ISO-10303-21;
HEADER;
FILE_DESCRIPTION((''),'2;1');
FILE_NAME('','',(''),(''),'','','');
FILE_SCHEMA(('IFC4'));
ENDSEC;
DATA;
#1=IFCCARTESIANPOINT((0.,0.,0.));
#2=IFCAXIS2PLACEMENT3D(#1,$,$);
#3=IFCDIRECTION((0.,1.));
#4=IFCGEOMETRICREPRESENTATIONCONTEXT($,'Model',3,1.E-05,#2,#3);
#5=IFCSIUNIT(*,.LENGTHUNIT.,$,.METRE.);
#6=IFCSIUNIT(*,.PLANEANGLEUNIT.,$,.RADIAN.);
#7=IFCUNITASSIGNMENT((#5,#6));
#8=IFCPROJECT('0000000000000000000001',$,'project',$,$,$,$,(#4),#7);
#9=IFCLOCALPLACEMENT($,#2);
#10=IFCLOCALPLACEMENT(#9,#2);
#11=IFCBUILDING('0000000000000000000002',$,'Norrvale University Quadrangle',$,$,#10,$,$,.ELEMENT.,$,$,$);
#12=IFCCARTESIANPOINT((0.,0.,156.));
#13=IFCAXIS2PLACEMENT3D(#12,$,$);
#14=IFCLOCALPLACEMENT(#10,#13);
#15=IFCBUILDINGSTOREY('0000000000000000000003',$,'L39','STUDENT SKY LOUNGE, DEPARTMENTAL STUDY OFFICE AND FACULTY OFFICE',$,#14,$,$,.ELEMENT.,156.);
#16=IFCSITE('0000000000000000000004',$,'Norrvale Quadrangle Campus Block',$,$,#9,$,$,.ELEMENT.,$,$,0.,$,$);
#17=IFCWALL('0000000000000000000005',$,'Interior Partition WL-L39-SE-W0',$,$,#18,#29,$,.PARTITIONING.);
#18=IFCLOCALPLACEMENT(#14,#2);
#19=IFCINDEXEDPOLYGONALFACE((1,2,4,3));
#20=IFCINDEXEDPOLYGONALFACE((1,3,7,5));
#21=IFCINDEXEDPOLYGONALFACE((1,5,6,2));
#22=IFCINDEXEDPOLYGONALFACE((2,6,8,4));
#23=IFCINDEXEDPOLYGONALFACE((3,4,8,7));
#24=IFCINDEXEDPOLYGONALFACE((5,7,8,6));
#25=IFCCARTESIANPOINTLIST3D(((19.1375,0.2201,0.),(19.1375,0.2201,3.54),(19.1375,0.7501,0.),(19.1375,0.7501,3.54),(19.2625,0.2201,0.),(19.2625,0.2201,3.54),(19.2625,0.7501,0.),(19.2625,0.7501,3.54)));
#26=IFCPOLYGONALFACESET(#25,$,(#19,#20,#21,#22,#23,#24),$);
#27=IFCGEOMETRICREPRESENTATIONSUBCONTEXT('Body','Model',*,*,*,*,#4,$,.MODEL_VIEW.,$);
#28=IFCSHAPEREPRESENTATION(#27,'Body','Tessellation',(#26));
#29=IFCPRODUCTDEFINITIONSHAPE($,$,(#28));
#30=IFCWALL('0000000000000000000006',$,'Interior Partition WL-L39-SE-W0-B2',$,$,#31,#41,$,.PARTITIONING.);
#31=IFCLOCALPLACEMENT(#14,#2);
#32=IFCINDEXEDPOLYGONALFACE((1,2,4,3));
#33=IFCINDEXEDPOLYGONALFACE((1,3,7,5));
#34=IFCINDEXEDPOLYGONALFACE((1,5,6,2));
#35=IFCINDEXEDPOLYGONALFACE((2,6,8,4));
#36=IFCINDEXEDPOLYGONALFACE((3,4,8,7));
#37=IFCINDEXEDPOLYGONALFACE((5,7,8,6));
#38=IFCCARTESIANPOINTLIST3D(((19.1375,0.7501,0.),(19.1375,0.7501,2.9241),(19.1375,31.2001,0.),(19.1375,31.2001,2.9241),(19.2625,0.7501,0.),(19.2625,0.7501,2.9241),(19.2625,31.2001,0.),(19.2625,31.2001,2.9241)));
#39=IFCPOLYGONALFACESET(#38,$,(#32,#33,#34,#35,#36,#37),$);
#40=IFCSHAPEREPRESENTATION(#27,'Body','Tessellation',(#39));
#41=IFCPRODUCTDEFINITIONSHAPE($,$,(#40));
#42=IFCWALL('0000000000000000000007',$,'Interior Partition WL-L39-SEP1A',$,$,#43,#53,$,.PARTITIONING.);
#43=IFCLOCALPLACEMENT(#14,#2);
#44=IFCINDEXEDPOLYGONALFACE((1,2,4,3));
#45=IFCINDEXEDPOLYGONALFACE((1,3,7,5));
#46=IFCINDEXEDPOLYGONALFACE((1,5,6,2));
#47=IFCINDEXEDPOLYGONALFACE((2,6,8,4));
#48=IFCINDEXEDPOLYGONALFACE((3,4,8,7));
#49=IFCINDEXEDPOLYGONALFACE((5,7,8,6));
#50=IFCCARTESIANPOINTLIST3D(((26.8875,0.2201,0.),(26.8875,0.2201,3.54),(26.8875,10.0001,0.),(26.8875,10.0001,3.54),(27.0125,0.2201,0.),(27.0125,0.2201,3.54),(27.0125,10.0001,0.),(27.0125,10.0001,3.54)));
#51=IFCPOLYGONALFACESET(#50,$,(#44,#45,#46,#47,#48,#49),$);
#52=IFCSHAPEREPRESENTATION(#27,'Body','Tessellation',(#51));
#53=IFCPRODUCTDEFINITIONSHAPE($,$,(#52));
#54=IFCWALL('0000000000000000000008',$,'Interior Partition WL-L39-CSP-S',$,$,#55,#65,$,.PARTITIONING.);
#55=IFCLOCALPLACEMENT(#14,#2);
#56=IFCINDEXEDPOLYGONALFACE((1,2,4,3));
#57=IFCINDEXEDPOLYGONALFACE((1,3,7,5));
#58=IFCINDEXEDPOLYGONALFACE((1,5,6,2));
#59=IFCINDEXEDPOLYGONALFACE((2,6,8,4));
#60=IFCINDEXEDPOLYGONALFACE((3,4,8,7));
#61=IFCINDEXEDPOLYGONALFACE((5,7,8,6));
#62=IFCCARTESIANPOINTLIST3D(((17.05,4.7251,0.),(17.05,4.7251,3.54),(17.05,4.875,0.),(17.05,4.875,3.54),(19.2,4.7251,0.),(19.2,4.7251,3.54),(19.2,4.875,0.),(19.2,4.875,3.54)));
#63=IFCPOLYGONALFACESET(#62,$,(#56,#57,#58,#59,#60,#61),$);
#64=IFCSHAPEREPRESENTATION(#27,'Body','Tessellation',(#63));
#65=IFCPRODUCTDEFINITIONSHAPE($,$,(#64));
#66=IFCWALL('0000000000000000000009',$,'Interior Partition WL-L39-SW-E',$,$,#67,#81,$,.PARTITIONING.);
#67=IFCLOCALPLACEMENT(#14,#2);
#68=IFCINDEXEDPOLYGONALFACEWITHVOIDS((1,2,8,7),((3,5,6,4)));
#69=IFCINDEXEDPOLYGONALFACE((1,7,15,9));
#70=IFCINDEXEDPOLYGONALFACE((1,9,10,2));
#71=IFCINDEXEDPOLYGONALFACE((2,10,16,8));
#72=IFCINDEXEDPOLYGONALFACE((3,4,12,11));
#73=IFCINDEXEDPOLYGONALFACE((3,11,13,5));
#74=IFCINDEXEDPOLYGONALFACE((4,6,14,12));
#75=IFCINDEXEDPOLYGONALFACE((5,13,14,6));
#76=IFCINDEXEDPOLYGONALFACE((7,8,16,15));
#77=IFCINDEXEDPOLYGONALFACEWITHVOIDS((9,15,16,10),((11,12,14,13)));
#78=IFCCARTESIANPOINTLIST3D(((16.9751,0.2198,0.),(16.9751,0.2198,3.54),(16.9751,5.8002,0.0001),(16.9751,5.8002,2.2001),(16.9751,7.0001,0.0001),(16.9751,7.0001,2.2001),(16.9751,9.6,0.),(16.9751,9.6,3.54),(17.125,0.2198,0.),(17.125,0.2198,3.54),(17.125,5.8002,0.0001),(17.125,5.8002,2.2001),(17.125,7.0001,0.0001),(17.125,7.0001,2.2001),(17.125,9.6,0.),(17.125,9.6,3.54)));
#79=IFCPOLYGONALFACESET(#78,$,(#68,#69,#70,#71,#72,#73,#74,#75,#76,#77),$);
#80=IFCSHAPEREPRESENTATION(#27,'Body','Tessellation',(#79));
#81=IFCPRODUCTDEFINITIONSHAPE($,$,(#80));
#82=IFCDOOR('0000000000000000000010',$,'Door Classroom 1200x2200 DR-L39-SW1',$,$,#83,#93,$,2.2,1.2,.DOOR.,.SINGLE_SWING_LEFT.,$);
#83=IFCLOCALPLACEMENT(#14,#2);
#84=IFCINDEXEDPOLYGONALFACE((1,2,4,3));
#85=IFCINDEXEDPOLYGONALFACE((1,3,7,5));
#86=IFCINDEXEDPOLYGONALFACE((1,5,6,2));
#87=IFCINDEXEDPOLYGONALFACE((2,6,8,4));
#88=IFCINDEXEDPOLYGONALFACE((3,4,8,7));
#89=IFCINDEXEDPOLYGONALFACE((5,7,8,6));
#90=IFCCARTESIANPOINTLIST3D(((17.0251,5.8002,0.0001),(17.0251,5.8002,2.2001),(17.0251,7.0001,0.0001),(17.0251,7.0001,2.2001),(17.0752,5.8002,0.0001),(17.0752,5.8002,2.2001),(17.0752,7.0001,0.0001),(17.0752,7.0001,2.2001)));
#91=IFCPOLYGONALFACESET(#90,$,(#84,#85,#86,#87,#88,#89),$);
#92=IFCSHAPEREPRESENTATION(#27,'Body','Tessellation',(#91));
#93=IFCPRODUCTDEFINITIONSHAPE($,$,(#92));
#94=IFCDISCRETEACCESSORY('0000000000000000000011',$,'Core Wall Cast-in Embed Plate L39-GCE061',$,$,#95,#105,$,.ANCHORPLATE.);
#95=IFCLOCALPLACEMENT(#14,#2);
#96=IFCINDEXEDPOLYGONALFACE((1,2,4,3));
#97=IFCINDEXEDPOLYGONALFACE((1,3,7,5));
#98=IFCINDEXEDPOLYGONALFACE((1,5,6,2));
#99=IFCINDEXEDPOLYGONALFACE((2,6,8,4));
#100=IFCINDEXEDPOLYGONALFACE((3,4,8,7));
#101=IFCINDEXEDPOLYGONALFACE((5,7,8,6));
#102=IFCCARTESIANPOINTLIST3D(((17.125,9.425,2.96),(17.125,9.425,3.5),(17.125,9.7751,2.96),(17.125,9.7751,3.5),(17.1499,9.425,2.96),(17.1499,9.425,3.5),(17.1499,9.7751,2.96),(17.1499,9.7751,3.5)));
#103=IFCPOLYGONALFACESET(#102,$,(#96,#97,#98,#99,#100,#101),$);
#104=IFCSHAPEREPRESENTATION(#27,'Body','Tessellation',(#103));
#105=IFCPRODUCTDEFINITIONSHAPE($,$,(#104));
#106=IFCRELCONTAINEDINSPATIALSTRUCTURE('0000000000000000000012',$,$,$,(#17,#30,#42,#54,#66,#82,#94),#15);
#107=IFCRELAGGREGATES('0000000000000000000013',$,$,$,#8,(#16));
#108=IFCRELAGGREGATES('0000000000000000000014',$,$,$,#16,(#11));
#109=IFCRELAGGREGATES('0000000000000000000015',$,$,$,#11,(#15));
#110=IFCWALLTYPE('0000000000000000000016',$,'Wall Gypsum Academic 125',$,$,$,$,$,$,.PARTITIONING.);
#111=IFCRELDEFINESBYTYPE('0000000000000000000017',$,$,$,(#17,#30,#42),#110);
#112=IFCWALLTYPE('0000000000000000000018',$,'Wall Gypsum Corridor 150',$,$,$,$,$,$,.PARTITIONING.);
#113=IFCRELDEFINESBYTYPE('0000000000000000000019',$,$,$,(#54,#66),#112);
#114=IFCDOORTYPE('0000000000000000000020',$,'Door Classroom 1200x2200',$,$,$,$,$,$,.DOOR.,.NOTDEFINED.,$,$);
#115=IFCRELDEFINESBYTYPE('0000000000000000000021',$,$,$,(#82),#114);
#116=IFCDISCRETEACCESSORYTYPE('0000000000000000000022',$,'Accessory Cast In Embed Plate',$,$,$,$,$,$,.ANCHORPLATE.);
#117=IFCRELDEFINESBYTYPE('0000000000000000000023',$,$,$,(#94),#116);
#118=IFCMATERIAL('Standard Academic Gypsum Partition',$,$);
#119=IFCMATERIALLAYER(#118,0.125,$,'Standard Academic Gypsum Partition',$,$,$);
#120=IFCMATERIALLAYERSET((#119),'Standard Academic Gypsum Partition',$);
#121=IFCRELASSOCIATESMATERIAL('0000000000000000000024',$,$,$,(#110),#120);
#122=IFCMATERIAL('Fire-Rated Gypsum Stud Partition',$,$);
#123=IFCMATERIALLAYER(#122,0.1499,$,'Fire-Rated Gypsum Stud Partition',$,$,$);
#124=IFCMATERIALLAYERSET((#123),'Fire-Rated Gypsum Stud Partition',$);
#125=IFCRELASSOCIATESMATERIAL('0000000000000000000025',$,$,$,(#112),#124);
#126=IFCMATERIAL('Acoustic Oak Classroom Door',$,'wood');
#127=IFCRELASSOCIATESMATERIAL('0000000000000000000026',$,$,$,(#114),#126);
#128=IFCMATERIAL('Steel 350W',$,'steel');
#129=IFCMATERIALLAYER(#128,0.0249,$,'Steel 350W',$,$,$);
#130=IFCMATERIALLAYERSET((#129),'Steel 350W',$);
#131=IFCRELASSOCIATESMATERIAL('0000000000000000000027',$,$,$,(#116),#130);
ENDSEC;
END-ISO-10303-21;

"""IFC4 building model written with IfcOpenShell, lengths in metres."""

from ifc_helpers import new_model, si_unit, direction, frame, frame_2d, origin, origin_2d, place, context, subcontext, project, spatial, rectangle, extrude, material, layer, layer_set, type_object, element, fill, save


model = new_model("IFC4")

# Units and contexts
model_context = context("Model", 3, precision=1e-05, world=origin(), true_north=direction((0.0, 1.0)))
body_context = subcontext(model_context, "Body", "Model", "MODEL_VIEW")
ifc_project = project(units=[si_unit("LENGTHUNIT", "METRE"), si_unit("PLANEANGLEUNIT", "RADIAN")], contexts=[model_context])

# Site, building, storey
site_placement = place(None, origin())
site = spatial("IfcSite", under=ifc_project, at=site_placement, Name="Norrvale Quadrangle Campus Block", CompositionType="ELEMENT", RefElevation=0.0)
building_placement = place(site_placement, origin())
building = spatial("IfcBuilding", under=site, at=building_placement, Name="Norrvale University Quadrangle", CompositionType="ELEMENT")
storey_placement = place(building_placement, frame((0.0, 0.0, 156.0)))
storey = spatial("IfcBuildingStorey", under=building, at=storey_placement, Name="L39", Description="STUDENT SKY LOUNGE, DEPARTMENTAL STUDY OFFICE AND FACULTY OFFICE", CompositionType="ELEMENT", Elevation=156.0)

# Shared definitions
ifc_material_1 = material(Name="Steel 350W", Category="steel")

# Walls
ifc_material_2 = material(Name="Standard Academic Gypsum Partition")
ifc_layer_1 = layer(ifc_material_2, 0.125, Name="Standard Academic Gypsum Partition")
ifc_layer_set_1 = layer_set([ifc_layer_1], Name="Standard Academic Gypsum Partition")
wall_type_1 = type_object("IfcWallType", Name="Wall Gypsum Academic 125", PredefinedType="PARTITIONING", material=ifc_layer_set_1)
wall_1_placement = place(storey_placement, frame((19.2, 0.22, 0.0), z_axis=(0.0, 0.0, 1.0), x_axis=(0.0, 1.0, 0.0)))
element("IfcWall", 1, at=wall_1_placement, inside=storey, type_object=wall_type_1, Name="Interior Partition WL-L39-SE-W0", PredefinedType="PARTITIONING", context=body_context, shape_type="SweptSolid", body=[
    extrude(rectangle(XDim=0.53, YDim=0.125, at=frame_2d((0.2651, 0.0))), origin(), (0.0, 0.0, 1.0), 3.54),
])
wall_2_placement = place(storey_placement, frame((19.2, 0.75, 0.0), z_axis=(0.0, 0.0, 1.0), x_axis=(0.0, 1.0, 0.0)))
element("IfcWall", 2, at=wall_2_placement, inside=storey, type_object=wall_type_1, Name="Interior Partition WL-L39-SE-W0-B2", PredefinedType="PARTITIONING", context=body_context, shape_type="SweptSolid", body=[
    extrude(rectangle(XDim=30.45, YDim=0.125, at=frame_2d((15.2251, 0.0))), origin(), (0.0, 0.0, 1.0), 2.9241),
])
wall_3_placement = place(storey_placement, frame((26.95, 0.22, 0.0), z_axis=(0.0, 0.0, 1.0), x_axis=(0.0, 1.0, 0.0)))
element("IfcWall", 3, at=wall_3_placement, inside=storey, type_object=wall_type_1, Name="Interior Partition WL-L39-SEP1A", PredefinedType="PARTITIONING", context=body_context, shape_type="SweptSolid", body=[
    extrude(rectangle(XDim=9.78, YDim=0.125, at=frame_2d((4.8901, 0.0))), origin(), (0.0, 0.0, 1.0), 3.54),
])
ifc_material_3 = material(Name="Fire-Rated Gypsum Stud Partition")
ifc_layer_2 = layer(ifc_material_3, 0.1499, Name="Fire-Rated Gypsum Stud Partition")
ifc_layer_set_2 = layer_set([ifc_layer_2], Name="Fire-Rated Gypsum Stud Partition")
wall_type_2 = type_object("IfcWallType", Name="Wall Gypsum Corridor 150", PredefinedType="PARTITIONING", material=ifc_layer_set_2)
wall_4_placement = place(storey_placement, frame((17.05, 4.8, 0.0), z_axis=(0.0, 0.0, 1.0), x_axis=(1.0, 0.0, 0.0)))
element("IfcWall", 4, at=wall_4_placement, inside=storey, type_object=wall_type_2, Name="Interior Partition WL-L39-CSP-S", PredefinedType="PARTITIONING", context=body_context, shape_type="SweptSolid", body=[
    extrude(rectangle(XDim=2.1499, YDim=0.1499, at=frame_2d((1.075, 0.0))), origin(), (0.0, 0.0, 1.0), 3.54),
])

# Wall, opening, door
wall_5_placement = place(storey_placement, frame((17.05, 0.22, 0.0), z_axis=(0.0, 0.0, 1.0), x_axis=(0.0, 1.0, 0.0)))
wall_5 = element("IfcWall", 5, at=wall_5_placement, inside=storey, type_object=wall_type_2, Name="Interior Partition WL-L39-SW-E", PredefinedType="PARTITIONING", context=body_context, shape_type="SweptSolid", body=[
    extrude(rectangle(XDim=9.3801, YDim=0.1499, at=frame_2d((4.6899, 0.0))), origin(), (0.0, 0.0, 1.0), 3.54),
])
opening_placement = place(wall_5_placement, frame((5.5801, 0.0, 0.0)))
opening = element("IfcOpeningElement", 6, at=opening_placement, cuts=wall_5, PredefinedType="OPENING", context=body_context, shape_type="SweptSolid", body=[
    extrude(rectangle(XDim=1.2, YDim=2.2, at=frame_2d((0.6001, 1.1001))), frame((0.0, 0.0869, 0.0), z_axis=(0.0, -1.0, 0.0), x_axis=(1.0, 0.0, 0.0)), (0.0, 0.0, 1.0), 0.1738),
])
ifc_material_4 = material(Name="Acoustic Oak Classroom Door", Category="wood")
door_type = type_object("IfcDoorType", Name="Door Classroom 1200x2200", OperationType="NOTDEFINED", PredefinedType="DOOR", material=ifc_material_4)
door_placement = place(opening_placement, origin())
door = element("IfcDoor", 7, at=door_placement, inside=storey, type_object=door_type, Name="Door Classroom 1200x2200 DR-L39-SW1", OperationType="SINGLE_SWING_LEFT", OverallHeight=2.2, OverallWidth=1.2, PredefinedType="DOOR", context=body_context, shape_type="SweptSolid", body=[
    extrude(rectangle(XDim=1.2, YDim=2.2, at=frame_2d((0.6001, 1.1001))), frame((0.0, 0.0249, 0.0), z_axis=(0.0, -1.0, 0.0), x_axis=(1.0, 0.0, 0.0)), (0.0, 0.0, 1.0), 0.05),
])
fill(opening, door)

# Discrete accessory
ifc_layer_3 = layer(ifc_material_1, 0.0249, Name="Steel 350W")
ifc_layer_set_3 = layer_set([ifc_layer_3], Name="Steel 350W")
discrete_accessory_type = type_object("IfcDiscreteAccessoryType", Name="Accessory Cast In Embed Plate", PredefinedType="ANCHORPLATE", material=ifc_layer_set_3)
discrete_accessory_placement = place(storey_placement, frame((17.1375, 9.6001, 2.96), z_axis=(0.0, 0.0, 1.0), x_axis=(1.0, 0.0, 0.0)))
element("IfcDiscreteAccessory", 8, at=discrete_accessory_placement, inside=storey, type_object=discrete_accessory_type, Name="Core Wall Cast-in Embed Plate L39-GCE061", PredefinedType="ANCHORPLATE", context=body_context, shape_type="SweptSolid", body=[
    extrude(rectangle(XDim=0.0249, YDim=0.3501, at=origin_2d()), origin(), (0.0, 0.0, 1.0), 0.54),
])

save(model, "model.ifc")
